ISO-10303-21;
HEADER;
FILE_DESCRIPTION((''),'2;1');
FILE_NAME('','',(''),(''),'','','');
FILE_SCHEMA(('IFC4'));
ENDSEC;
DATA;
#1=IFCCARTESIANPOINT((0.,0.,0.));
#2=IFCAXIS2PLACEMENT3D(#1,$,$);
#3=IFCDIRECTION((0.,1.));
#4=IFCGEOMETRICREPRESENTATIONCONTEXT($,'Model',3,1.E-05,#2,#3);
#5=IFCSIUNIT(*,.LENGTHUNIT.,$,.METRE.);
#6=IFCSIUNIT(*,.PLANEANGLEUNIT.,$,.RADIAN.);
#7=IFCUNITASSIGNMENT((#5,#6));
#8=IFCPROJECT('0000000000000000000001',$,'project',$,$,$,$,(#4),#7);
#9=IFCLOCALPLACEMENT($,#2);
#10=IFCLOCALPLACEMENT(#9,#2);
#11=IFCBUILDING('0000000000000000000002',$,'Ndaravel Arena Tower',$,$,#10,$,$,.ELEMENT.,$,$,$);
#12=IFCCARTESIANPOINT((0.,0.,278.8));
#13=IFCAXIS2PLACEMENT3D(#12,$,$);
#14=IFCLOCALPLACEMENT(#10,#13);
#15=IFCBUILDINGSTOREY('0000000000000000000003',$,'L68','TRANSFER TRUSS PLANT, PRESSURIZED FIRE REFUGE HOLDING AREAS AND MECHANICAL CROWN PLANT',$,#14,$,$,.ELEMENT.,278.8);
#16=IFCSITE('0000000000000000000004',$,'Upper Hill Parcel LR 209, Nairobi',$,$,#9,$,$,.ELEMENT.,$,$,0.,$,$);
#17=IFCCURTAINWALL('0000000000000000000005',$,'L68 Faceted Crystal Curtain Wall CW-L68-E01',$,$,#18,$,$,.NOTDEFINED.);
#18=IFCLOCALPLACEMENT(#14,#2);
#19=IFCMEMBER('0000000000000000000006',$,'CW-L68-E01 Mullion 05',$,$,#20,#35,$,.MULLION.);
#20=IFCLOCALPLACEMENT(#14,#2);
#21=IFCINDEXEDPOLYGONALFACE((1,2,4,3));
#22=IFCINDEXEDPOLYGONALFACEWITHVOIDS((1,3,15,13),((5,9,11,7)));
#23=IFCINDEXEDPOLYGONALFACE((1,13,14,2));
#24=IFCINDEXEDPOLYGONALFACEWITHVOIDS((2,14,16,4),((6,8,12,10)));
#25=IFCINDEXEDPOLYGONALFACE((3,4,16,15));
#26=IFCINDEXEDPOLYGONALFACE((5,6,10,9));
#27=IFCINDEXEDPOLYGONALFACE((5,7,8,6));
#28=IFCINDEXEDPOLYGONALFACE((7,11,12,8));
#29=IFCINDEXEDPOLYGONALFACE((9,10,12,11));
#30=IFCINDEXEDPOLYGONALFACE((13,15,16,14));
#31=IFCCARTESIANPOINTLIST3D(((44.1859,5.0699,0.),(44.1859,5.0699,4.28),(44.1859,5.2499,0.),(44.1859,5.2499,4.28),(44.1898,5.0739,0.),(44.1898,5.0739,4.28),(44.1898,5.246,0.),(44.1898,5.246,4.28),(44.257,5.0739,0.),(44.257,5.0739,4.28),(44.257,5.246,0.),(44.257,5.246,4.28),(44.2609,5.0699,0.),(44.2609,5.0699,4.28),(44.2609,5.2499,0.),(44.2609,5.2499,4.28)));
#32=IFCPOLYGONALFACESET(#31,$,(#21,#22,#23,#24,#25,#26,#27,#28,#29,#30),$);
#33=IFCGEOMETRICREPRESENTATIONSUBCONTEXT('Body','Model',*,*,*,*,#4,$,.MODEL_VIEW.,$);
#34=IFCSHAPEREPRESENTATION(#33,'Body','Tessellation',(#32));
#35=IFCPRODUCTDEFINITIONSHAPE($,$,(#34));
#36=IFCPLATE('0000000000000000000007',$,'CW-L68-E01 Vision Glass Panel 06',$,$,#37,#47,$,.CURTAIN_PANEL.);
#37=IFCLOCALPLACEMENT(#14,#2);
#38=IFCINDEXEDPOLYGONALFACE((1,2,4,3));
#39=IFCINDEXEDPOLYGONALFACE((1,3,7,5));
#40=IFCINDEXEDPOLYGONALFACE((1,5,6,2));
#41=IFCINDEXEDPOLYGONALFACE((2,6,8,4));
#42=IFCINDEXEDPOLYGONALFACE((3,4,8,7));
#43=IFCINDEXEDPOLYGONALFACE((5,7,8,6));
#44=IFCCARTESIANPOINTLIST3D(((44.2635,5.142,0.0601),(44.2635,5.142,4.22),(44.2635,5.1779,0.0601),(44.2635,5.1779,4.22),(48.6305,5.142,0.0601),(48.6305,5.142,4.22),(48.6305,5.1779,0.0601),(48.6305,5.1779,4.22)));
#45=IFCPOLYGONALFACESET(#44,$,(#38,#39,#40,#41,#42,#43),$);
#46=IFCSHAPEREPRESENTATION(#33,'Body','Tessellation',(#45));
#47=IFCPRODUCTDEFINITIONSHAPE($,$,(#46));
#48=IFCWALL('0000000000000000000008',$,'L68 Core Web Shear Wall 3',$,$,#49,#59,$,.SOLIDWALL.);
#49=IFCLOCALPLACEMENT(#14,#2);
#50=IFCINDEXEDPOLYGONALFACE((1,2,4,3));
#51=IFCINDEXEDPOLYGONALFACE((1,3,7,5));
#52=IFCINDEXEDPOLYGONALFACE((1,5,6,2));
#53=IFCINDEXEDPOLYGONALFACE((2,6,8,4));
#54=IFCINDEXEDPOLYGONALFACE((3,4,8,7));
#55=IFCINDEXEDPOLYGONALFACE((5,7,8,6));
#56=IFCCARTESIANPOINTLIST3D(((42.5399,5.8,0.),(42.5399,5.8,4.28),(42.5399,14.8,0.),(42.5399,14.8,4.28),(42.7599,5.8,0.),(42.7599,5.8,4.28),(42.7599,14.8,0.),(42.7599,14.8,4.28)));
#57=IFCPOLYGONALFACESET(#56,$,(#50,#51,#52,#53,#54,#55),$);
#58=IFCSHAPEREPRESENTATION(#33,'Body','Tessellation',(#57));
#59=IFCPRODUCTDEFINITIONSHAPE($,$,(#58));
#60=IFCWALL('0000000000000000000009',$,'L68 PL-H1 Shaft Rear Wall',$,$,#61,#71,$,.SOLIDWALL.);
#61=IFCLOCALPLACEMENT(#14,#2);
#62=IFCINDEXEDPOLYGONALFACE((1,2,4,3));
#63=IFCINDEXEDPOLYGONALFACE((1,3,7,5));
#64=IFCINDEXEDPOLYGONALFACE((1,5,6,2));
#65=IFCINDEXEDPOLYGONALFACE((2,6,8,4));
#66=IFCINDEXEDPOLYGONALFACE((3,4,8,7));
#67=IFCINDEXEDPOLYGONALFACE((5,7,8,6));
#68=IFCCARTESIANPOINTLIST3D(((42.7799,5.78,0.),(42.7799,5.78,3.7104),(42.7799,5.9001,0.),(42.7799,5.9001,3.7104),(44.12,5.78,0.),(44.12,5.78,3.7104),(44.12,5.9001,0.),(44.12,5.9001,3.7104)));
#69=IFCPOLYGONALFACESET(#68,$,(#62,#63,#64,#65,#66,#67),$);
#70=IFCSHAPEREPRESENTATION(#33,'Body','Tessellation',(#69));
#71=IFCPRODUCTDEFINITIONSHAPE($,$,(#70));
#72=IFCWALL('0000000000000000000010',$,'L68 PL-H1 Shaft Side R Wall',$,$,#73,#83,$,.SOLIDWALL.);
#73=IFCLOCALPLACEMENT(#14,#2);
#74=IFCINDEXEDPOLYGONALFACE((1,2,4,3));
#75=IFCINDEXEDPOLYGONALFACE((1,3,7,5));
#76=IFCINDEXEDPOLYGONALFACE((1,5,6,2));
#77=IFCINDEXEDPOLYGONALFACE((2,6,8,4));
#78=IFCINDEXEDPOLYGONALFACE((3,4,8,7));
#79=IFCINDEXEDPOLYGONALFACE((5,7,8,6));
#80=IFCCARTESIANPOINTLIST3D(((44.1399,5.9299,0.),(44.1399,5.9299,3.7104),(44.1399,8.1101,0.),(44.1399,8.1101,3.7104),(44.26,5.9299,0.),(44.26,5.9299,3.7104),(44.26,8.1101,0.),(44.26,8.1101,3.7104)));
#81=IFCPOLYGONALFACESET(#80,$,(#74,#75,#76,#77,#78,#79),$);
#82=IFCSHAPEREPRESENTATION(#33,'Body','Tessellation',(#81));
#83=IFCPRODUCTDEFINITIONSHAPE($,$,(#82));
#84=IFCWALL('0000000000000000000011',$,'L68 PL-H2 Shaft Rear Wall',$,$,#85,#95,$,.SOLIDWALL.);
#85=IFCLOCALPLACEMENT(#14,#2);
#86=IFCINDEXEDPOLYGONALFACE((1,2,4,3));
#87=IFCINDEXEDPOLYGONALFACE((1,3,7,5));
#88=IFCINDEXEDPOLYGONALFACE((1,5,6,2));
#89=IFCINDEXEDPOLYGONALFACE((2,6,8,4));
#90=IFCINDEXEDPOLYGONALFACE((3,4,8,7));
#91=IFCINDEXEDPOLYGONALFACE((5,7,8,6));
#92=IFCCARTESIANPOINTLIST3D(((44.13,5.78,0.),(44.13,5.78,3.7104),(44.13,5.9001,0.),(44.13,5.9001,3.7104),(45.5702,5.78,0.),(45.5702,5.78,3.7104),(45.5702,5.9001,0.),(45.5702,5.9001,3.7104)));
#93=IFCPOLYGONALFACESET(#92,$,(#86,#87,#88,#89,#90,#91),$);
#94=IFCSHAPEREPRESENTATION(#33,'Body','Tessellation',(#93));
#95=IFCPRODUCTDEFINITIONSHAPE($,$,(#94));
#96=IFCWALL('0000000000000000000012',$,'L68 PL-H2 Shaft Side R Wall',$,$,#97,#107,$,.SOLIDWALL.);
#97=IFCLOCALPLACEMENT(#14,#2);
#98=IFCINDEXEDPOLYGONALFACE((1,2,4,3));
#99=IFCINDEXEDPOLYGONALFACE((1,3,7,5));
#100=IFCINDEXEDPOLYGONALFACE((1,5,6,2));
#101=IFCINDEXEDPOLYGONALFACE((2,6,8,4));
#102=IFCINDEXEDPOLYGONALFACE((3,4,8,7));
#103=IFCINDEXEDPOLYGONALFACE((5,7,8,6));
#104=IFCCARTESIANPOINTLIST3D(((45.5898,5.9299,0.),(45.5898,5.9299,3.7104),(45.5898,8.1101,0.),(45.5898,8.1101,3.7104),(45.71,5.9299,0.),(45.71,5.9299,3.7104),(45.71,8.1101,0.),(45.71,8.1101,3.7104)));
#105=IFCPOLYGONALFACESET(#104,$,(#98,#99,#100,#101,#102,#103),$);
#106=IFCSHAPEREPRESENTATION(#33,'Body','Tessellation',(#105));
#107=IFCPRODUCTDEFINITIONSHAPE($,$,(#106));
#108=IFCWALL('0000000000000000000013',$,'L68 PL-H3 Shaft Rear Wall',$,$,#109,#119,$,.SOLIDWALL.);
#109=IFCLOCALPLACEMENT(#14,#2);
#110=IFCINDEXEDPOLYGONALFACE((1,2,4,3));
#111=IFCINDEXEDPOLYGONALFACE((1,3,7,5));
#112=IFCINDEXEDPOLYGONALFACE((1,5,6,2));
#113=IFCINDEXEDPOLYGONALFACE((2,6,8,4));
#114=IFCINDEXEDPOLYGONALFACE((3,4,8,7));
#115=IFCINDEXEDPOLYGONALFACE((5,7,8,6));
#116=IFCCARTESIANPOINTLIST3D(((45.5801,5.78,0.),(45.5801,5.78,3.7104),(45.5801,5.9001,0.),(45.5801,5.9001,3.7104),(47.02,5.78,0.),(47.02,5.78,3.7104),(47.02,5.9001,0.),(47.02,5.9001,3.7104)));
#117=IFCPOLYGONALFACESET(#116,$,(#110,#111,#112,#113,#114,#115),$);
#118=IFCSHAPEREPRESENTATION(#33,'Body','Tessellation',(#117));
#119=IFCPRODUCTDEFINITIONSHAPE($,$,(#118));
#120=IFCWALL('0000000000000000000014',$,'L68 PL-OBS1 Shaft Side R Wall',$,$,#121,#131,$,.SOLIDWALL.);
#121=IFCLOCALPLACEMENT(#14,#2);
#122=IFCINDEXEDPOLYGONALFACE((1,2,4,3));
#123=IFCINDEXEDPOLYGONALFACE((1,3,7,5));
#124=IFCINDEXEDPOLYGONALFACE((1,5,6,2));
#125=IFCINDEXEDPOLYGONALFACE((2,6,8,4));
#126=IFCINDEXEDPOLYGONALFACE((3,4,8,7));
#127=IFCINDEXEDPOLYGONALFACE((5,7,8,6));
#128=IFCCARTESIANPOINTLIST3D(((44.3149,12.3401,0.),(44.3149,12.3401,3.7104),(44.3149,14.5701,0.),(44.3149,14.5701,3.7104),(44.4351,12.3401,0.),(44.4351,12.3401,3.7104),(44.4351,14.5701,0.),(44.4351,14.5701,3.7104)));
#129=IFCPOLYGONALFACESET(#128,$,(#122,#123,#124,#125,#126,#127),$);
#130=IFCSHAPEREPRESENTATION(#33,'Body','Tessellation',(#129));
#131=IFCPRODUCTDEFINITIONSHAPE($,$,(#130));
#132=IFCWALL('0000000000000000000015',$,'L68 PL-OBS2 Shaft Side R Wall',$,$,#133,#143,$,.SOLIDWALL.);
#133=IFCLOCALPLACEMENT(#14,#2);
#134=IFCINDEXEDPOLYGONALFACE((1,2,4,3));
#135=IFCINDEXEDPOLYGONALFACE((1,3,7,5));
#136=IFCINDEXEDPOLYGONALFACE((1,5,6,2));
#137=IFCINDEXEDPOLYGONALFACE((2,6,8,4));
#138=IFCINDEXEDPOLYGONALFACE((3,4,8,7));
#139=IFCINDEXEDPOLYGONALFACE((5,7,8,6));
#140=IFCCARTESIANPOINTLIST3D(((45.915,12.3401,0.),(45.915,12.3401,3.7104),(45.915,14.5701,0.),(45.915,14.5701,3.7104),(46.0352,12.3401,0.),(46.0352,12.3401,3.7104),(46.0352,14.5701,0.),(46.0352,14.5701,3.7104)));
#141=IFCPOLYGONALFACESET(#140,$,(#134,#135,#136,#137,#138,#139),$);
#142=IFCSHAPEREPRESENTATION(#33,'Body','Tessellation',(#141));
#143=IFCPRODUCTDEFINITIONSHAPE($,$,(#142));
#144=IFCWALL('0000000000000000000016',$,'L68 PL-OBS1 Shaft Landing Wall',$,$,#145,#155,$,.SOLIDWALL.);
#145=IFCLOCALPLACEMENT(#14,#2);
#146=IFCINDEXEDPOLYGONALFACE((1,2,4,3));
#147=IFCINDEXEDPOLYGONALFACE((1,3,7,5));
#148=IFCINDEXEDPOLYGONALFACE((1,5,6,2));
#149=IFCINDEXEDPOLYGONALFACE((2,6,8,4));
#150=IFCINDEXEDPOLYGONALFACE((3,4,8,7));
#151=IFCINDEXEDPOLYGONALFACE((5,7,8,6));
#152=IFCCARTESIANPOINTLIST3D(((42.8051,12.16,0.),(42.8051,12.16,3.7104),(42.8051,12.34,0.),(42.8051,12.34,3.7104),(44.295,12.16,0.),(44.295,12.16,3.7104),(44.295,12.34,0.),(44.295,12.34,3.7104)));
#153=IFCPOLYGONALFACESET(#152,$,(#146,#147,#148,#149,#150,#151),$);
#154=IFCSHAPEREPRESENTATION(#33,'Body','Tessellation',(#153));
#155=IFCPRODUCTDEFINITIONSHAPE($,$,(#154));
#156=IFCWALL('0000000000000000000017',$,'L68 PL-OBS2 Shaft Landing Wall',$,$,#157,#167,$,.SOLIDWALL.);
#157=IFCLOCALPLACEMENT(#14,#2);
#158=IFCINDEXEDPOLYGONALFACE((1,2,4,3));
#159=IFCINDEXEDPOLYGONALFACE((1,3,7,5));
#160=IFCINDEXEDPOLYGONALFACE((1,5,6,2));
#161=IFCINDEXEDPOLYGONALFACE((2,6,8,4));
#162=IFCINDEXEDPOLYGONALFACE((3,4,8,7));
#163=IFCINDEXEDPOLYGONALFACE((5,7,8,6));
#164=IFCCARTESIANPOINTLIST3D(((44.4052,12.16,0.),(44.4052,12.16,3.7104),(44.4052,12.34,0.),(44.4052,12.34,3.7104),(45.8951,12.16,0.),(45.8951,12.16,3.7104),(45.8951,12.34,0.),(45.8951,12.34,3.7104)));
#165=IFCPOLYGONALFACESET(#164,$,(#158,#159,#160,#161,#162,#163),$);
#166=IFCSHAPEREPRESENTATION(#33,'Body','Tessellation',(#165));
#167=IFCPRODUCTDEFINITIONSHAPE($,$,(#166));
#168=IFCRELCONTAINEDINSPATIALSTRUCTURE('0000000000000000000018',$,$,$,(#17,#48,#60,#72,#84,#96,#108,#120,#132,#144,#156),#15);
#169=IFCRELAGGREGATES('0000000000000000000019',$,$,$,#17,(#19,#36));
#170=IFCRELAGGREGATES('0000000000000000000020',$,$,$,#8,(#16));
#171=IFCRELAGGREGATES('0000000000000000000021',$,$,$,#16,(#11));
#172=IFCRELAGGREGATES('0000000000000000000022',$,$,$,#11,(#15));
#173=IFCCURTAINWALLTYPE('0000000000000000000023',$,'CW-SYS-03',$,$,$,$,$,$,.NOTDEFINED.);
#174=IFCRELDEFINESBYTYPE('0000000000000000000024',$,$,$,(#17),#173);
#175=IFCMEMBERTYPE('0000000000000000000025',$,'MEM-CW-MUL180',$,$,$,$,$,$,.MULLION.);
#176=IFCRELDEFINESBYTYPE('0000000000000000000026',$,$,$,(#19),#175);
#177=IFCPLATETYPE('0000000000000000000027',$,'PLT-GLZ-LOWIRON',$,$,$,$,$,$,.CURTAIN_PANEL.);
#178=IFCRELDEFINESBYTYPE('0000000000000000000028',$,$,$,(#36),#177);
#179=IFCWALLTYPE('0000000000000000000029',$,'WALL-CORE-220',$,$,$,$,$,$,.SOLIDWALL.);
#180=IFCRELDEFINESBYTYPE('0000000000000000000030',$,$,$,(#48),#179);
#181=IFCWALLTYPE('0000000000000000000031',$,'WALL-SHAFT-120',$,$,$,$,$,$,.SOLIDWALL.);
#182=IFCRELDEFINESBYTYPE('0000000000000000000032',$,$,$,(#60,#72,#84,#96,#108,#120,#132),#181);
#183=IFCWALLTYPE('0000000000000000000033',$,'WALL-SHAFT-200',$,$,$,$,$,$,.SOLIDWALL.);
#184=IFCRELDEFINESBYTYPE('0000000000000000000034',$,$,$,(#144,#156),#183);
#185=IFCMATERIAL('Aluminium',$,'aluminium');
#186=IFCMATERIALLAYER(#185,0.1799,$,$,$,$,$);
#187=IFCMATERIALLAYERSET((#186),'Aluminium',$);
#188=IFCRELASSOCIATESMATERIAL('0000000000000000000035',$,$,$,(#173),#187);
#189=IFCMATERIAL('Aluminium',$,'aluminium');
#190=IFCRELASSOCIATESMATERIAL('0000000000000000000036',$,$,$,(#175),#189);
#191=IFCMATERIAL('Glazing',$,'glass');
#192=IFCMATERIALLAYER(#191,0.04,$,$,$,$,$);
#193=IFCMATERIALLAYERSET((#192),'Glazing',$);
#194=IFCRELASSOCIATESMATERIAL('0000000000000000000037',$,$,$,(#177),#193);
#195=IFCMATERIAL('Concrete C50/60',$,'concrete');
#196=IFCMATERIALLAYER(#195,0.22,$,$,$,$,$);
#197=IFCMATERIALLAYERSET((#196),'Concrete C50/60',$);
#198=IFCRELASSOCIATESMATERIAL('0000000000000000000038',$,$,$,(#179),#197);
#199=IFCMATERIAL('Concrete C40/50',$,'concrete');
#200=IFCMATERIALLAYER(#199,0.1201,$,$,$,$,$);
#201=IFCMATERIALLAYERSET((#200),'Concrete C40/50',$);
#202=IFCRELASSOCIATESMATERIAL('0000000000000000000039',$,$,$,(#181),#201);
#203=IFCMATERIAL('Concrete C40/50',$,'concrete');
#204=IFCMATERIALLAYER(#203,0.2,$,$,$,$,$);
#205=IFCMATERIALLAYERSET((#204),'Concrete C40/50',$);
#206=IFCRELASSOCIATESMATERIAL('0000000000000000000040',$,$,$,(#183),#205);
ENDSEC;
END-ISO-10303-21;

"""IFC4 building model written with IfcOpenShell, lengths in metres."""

from ifc_helpers import new_model, si_unit, direction, frame, frame_2d, origin, origin_2d, place, context, subcontext, project, spatial, rectangle, hollow_rectangle, extrude, material, layer, layer_set, material_profile, profile_set, type_object, element, aggregate, save


model = new_model("IFC4")

# Units and contexts
model_context = context("Model", 3, precision=1e-05, world=origin(), true_north=direction((0.0, 1.0)))
body_context = subcontext(model_context, "Body", "Model", "MODEL_VIEW")
ifc_project = project(units=[si_unit("LENGTHUNIT", "METRE"), si_unit("PLANEANGLEUNIT", "RADIAN")], contexts=[model_context])

# Site, building, storey
site_placement = place(None, origin())
site = spatial("IfcSite", under=ifc_project, at=site_placement, Name="Upper Hill Parcel LR 209, Nairobi", CompositionType="ELEMENT", RefElevation=0.0)
building_placement = place(site_placement, origin())
building = spatial("IfcBuilding", under=site, at=building_placement, Name="Ndaravel Arena Tower", CompositionType="ELEMENT")
storey_placement = place(building_placement, frame((0.0, 0.0, 278.8)))
storey = spatial("IfcBuildingStorey", under=building, at=storey_placement, Name="L68", Description="TRANSFER TRUSS PLANT, PRESSURIZED FIRE REFUGE HOLDING AREAS AND MECHANICAL CROWN PLANT", CompositionType="ELEMENT", Elevation=278.8)

# Curtain wall, member, plate
ifc_material_1 = material(Name="Aluminium", Category="aluminium")
ifc_layer_1 = layer(ifc_material_1, 0.1799)
ifc_layer_set_1 = layer_set([ifc_layer_1], Name="Aluminium")
curtain_wall_type = type_object("IfcCurtainWallType", Name="CW-SYS-03", PredefinedType="NOTDEFINED", material=ifc_layer_set_1)
curtain_wall_placement = place(storey_placement, origin())
curtain_wall = element("IfcCurtainWall", 1, at=curtain_wall_placement, inside=storey, type_object=curtain_wall_type, Name="L68 Faceted Crystal Curtain Wall CW-L68-E01", PredefinedType="NOTDEFINED")
ifc_material_2 = material(Name="Aluminium", Category="aluminium")
ifc_material_profile = material_profile(ifc_material_2, hollow_rectangle(XDim=0.075, YDim=0.1799, WallThickness=0.0039, at=origin_2d()), Name="CW MULLION 75x180x4")
ifc_profile_set = profile_set([ifc_material_profile], Name="Aluminium")
member_type = type_object("IfcMemberType", Name="MEM-CW-MUL180", PredefinedType="MULLION", material=ifc_profile_set)
member_placement = place(storey_placement, frame((44.2234, 5.1599, 0.0), z_axis=(0.0, 0.0, 1.0), x_axis=(1.0, 0.0, 0.0)))
member = element("IfcMember", 2, at=member_placement, type_object=member_type, Name="CW-L68-E01 Mullion 05", PredefinedType="MULLION", context=body_context, shape_type="SweptSolid", body=[
    extrude(hollow_rectangle(XDim=0.075, YDim=0.1799, WallThickness=0.0039, at=origin_2d()), origin(), (0.0, 0.0, 1.0), 4.28),
])
ifc_material_3 = material(Name="Glazing", Category="glass")
ifc_layer_2 = layer(ifc_material_3, 0.04)
ifc_layer_set_2 = layer_set([ifc_layer_2], Name="Glazing")
plate_type = type_object("IfcPlateType", Name="PLT-GLZ-LOWIRON", PredefinedType="CURTAIN_PANEL", material=ifc_layer_set_2)
plate_placement = place(storey_placement, frame((46.447, 5.1599, 0.0601), z_axis=(0.0, 0.0, 1.0), x_axis=(1.0, 0.0, 0.0)))
plate = element("IfcPlate", 3, at=plate_placement, type_object=plate_type, Name="CW-L68-E01 Vision Glass Panel 06", PredefinedType="CURTAIN_PANEL", context=body_context, shape_type="SweptSolid", body=[
    extrude(rectangle(XDim=4.3669, YDim=0.0359, at=origin_2d()), origin(), (0.0, 0.0, 1.0), 4.1599),
])
aggregate(curtain_wall, [member, plate])

# Walls
ifc_material_4 = material(Name="Concrete C50/60", Category="concrete")
ifc_layer_3 = layer(ifc_material_4, 0.22)
ifc_layer_set_3 = layer_set([ifc_layer_3], Name="Concrete C50/60")
wall_type_1 = type_object("IfcWallType", Name="WALL-CORE-220", PredefinedType="SOLIDWALL", material=ifc_layer_set_3)
wall_1_placement = place(storey_placement, frame((42.6499, 5.8, 0.0), z_axis=(0.0, 0.0, 1.0), x_axis=(0.0, 1.0, 0.0)))
element("IfcWall", 4, at=wall_1_placement, inside=storey, type_object=wall_type_1, Name="L68 Core Web Shear Wall 3", PredefinedType="SOLIDWALL", context=body_context, shape_type="SweptSolid", body=[
    extrude(rectangle(XDim=9.0, YDim=0.22, at=frame_2d((4.5, 0.0))), origin(), (0.0, 0.0, 1.0), 4.28),
])
ifc_material_5 = material(Name="Concrete C40/50", Category="concrete")
ifc_layer_4 = layer(ifc_material_5, 0.1201)
ifc_layer_set_4 = layer_set([ifc_layer_4], Name="Concrete C40/50")
wall_type_2 = type_object("IfcWallType", Name="WALL-SHAFT-120", PredefinedType="SOLIDWALL", material=ifc_layer_set_4)
wall_2_placement = place(storey_placement, frame((42.78, 5.8401, 0.0), z_axis=(0.0, 0.0, 1.0), x_axis=(1.0, 0.0, 0.0)))
element("IfcWall", 5, at=wall_2_placement, inside=storey, type_object=wall_type_2, Name="L68 PL-H1 Shaft Rear Wall", PredefinedType="SOLIDWALL", context=body_context, shape_type="SweptSolid", body=[
    extrude(rectangle(XDim=1.3401, YDim=0.1201, at=frame_2d((0.6699, 0.0))), origin(), (0.0, 0.0, 1.0), 3.7104),
])
wall_3_placement = place(storey_placement, frame((44.2, 5.9299, 0.0), z_axis=(0.0, 0.0, 1.0), x_axis=(0.0, 1.0, 0.0)))
element("IfcWall", 6, at=wall_3_placement, inside=storey, type_object=wall_type_2, Name="L68 PL-H1 Shaft Side R Wall", PredefinedType="SOLIDWALL", context=body_context, shape_type="SweptSolid", body=[
    extrude(rectangle(XDim=2.1802, YDim=0.1201, at=frame_2d((1.0901, 0.0))), origin(), (0.0, 0.0, 1.0), 3.7104),
])
wall_4_placement = place(storey_placement, frame((44.1299, 5.8401, 0.0), z_axis=(0.0, 0.0, 1.0), x_axis=(1.0, 0.0, 0.0)))
element("IfcWall", 7, at=wall_4_placement, inside=storey, type_object=wall_type_2, Name="L68 PL-H2 Shaft Rear Wall", PredefinedType="SOLIDWALL", context=body_context, shape_type="SweptSolid", body=[
    extrude(rectangle(XDim=1.4402, YDim=0.1201, at=frame_2d((0.7202, 0.0))), origin(), (0.0, 0.0, 1.0), 3.7104),
])
wall_5_placement = place(storey_placement, frame((45.6499, 5.9299, 0.0), z_axis=(0.0, 0.0, 1.0), x_axis=(0.0, 1.0, 0.0)))
element("IfcWall", 8, at=wall_5_placement, inside=storey, type_object=wall_type_2, Name="L68 PL-H2 Shaft Side R Wall", PredefinedType="SOLIDWALL", context=body_context, shape_type="SweptSolid", body=[
    extrude(rectangle(XDim=2.1802, YDim=0.1201, at=frame_2d((1.0901, 0.0))), origin(), (0.0, 0.0, 1.0), 3.7104),
])
wall_6_placement = place(storey_placement, frame((45.5801, 5.8401, 0.0), z_axis=(0.0, 0.0, 1.0), x_axis=(1.0, 0.0, 0.0)))
element("IfcWall", 9, at=wall_6_placement, inside=storey, type_object=wall_type_2, Name="L68 PL-H3 Shaft Rear Wall", PredefinedType="SOLIDWALL", context=body_context, shape_type="SweptSolid", body=[
    extrude(rectangle(XDim=1.4399, YDim=0.1201, at=frame_2d((0.72, 0.0))), origin(), (0.0, 0.0, 1.0), 3.7104),
])
for number, where, z_axis, x_axis, name in (
    (10, (44.375, 12.3401, 0.0), (0.0, 0.0, 1.0), (0.0, 1.0, 0.0), "L68 PL-OBS1 Shaft Side R Wall"),
    (11, (45.9751, 12.3401, 0.0), (0.0, 0.0, 1.0), (0.0, 1.0, 0.0), "L68 PL-OBS2 Shaft Side R Wall"),
):
    element("IfcWall", number, at=place(storey_placement, frame(where, z_axis=z_axis, x_axis=x_axis)), inside=storey, type_object=wall_type_2, Name=name, PredefinedType="SOLIDWALL", context=body_context, shape_type="SweptSolid", body=[
        extrude(rectangle(XDim=2.23, YDim=0.1201, at=frame_2d((1.115, 0.0))), origin(), (0.0, 0.0, 1.0), 3.7104),
    ])

# Shared definitions
ifc_material_6 = material(Name="Concrete C40/50", Category="concrete")
ifc_layer_5 = layer(ifc_material_6, 0.2)
ifc_layer_set_5 = layer_set([ifc_layer_5], Name="Concrete C40/50")
wall_type_3 = type_object("IfcWallType", Name="WALL-SHAFT-200", PredefinedType="SOLIDWALL", material=ifc_layer_set_5)

# Walls
for number, where, z_axis, x_axis, name in (
    (12, (42.8049, 12.25, 0.0), (0.0, 0.0, 1.0), (1.0, 0.0, 0.0), "L68 PL-OBS1 Shaft Landing Wall"),
    (13, (44.405, 12.25, 0.0), (0.0, 0.0, 1.0), (1.0, 0.0, 0.0), "L68 PL-OBS2 Shaft Landing Wall"),
):
    element("IfcWall", number, at=place(storey_placement, frame(where, z_axis=z_axis, x_axis=x_axis)), inside=storey, type_object=wall_type_3, Name=name, PredefinedType="SOLIDWALL", context=body_context, shape_type="SweptSolid", body=[
        extrude(rectangle(XDim=1.49, YDim=0.1799, at=frame_2d((0.7451, 0.0))), origin(), (0.0, 0.0, 1.0), 3.7104),
    ])

save(model, "model.ifc")
